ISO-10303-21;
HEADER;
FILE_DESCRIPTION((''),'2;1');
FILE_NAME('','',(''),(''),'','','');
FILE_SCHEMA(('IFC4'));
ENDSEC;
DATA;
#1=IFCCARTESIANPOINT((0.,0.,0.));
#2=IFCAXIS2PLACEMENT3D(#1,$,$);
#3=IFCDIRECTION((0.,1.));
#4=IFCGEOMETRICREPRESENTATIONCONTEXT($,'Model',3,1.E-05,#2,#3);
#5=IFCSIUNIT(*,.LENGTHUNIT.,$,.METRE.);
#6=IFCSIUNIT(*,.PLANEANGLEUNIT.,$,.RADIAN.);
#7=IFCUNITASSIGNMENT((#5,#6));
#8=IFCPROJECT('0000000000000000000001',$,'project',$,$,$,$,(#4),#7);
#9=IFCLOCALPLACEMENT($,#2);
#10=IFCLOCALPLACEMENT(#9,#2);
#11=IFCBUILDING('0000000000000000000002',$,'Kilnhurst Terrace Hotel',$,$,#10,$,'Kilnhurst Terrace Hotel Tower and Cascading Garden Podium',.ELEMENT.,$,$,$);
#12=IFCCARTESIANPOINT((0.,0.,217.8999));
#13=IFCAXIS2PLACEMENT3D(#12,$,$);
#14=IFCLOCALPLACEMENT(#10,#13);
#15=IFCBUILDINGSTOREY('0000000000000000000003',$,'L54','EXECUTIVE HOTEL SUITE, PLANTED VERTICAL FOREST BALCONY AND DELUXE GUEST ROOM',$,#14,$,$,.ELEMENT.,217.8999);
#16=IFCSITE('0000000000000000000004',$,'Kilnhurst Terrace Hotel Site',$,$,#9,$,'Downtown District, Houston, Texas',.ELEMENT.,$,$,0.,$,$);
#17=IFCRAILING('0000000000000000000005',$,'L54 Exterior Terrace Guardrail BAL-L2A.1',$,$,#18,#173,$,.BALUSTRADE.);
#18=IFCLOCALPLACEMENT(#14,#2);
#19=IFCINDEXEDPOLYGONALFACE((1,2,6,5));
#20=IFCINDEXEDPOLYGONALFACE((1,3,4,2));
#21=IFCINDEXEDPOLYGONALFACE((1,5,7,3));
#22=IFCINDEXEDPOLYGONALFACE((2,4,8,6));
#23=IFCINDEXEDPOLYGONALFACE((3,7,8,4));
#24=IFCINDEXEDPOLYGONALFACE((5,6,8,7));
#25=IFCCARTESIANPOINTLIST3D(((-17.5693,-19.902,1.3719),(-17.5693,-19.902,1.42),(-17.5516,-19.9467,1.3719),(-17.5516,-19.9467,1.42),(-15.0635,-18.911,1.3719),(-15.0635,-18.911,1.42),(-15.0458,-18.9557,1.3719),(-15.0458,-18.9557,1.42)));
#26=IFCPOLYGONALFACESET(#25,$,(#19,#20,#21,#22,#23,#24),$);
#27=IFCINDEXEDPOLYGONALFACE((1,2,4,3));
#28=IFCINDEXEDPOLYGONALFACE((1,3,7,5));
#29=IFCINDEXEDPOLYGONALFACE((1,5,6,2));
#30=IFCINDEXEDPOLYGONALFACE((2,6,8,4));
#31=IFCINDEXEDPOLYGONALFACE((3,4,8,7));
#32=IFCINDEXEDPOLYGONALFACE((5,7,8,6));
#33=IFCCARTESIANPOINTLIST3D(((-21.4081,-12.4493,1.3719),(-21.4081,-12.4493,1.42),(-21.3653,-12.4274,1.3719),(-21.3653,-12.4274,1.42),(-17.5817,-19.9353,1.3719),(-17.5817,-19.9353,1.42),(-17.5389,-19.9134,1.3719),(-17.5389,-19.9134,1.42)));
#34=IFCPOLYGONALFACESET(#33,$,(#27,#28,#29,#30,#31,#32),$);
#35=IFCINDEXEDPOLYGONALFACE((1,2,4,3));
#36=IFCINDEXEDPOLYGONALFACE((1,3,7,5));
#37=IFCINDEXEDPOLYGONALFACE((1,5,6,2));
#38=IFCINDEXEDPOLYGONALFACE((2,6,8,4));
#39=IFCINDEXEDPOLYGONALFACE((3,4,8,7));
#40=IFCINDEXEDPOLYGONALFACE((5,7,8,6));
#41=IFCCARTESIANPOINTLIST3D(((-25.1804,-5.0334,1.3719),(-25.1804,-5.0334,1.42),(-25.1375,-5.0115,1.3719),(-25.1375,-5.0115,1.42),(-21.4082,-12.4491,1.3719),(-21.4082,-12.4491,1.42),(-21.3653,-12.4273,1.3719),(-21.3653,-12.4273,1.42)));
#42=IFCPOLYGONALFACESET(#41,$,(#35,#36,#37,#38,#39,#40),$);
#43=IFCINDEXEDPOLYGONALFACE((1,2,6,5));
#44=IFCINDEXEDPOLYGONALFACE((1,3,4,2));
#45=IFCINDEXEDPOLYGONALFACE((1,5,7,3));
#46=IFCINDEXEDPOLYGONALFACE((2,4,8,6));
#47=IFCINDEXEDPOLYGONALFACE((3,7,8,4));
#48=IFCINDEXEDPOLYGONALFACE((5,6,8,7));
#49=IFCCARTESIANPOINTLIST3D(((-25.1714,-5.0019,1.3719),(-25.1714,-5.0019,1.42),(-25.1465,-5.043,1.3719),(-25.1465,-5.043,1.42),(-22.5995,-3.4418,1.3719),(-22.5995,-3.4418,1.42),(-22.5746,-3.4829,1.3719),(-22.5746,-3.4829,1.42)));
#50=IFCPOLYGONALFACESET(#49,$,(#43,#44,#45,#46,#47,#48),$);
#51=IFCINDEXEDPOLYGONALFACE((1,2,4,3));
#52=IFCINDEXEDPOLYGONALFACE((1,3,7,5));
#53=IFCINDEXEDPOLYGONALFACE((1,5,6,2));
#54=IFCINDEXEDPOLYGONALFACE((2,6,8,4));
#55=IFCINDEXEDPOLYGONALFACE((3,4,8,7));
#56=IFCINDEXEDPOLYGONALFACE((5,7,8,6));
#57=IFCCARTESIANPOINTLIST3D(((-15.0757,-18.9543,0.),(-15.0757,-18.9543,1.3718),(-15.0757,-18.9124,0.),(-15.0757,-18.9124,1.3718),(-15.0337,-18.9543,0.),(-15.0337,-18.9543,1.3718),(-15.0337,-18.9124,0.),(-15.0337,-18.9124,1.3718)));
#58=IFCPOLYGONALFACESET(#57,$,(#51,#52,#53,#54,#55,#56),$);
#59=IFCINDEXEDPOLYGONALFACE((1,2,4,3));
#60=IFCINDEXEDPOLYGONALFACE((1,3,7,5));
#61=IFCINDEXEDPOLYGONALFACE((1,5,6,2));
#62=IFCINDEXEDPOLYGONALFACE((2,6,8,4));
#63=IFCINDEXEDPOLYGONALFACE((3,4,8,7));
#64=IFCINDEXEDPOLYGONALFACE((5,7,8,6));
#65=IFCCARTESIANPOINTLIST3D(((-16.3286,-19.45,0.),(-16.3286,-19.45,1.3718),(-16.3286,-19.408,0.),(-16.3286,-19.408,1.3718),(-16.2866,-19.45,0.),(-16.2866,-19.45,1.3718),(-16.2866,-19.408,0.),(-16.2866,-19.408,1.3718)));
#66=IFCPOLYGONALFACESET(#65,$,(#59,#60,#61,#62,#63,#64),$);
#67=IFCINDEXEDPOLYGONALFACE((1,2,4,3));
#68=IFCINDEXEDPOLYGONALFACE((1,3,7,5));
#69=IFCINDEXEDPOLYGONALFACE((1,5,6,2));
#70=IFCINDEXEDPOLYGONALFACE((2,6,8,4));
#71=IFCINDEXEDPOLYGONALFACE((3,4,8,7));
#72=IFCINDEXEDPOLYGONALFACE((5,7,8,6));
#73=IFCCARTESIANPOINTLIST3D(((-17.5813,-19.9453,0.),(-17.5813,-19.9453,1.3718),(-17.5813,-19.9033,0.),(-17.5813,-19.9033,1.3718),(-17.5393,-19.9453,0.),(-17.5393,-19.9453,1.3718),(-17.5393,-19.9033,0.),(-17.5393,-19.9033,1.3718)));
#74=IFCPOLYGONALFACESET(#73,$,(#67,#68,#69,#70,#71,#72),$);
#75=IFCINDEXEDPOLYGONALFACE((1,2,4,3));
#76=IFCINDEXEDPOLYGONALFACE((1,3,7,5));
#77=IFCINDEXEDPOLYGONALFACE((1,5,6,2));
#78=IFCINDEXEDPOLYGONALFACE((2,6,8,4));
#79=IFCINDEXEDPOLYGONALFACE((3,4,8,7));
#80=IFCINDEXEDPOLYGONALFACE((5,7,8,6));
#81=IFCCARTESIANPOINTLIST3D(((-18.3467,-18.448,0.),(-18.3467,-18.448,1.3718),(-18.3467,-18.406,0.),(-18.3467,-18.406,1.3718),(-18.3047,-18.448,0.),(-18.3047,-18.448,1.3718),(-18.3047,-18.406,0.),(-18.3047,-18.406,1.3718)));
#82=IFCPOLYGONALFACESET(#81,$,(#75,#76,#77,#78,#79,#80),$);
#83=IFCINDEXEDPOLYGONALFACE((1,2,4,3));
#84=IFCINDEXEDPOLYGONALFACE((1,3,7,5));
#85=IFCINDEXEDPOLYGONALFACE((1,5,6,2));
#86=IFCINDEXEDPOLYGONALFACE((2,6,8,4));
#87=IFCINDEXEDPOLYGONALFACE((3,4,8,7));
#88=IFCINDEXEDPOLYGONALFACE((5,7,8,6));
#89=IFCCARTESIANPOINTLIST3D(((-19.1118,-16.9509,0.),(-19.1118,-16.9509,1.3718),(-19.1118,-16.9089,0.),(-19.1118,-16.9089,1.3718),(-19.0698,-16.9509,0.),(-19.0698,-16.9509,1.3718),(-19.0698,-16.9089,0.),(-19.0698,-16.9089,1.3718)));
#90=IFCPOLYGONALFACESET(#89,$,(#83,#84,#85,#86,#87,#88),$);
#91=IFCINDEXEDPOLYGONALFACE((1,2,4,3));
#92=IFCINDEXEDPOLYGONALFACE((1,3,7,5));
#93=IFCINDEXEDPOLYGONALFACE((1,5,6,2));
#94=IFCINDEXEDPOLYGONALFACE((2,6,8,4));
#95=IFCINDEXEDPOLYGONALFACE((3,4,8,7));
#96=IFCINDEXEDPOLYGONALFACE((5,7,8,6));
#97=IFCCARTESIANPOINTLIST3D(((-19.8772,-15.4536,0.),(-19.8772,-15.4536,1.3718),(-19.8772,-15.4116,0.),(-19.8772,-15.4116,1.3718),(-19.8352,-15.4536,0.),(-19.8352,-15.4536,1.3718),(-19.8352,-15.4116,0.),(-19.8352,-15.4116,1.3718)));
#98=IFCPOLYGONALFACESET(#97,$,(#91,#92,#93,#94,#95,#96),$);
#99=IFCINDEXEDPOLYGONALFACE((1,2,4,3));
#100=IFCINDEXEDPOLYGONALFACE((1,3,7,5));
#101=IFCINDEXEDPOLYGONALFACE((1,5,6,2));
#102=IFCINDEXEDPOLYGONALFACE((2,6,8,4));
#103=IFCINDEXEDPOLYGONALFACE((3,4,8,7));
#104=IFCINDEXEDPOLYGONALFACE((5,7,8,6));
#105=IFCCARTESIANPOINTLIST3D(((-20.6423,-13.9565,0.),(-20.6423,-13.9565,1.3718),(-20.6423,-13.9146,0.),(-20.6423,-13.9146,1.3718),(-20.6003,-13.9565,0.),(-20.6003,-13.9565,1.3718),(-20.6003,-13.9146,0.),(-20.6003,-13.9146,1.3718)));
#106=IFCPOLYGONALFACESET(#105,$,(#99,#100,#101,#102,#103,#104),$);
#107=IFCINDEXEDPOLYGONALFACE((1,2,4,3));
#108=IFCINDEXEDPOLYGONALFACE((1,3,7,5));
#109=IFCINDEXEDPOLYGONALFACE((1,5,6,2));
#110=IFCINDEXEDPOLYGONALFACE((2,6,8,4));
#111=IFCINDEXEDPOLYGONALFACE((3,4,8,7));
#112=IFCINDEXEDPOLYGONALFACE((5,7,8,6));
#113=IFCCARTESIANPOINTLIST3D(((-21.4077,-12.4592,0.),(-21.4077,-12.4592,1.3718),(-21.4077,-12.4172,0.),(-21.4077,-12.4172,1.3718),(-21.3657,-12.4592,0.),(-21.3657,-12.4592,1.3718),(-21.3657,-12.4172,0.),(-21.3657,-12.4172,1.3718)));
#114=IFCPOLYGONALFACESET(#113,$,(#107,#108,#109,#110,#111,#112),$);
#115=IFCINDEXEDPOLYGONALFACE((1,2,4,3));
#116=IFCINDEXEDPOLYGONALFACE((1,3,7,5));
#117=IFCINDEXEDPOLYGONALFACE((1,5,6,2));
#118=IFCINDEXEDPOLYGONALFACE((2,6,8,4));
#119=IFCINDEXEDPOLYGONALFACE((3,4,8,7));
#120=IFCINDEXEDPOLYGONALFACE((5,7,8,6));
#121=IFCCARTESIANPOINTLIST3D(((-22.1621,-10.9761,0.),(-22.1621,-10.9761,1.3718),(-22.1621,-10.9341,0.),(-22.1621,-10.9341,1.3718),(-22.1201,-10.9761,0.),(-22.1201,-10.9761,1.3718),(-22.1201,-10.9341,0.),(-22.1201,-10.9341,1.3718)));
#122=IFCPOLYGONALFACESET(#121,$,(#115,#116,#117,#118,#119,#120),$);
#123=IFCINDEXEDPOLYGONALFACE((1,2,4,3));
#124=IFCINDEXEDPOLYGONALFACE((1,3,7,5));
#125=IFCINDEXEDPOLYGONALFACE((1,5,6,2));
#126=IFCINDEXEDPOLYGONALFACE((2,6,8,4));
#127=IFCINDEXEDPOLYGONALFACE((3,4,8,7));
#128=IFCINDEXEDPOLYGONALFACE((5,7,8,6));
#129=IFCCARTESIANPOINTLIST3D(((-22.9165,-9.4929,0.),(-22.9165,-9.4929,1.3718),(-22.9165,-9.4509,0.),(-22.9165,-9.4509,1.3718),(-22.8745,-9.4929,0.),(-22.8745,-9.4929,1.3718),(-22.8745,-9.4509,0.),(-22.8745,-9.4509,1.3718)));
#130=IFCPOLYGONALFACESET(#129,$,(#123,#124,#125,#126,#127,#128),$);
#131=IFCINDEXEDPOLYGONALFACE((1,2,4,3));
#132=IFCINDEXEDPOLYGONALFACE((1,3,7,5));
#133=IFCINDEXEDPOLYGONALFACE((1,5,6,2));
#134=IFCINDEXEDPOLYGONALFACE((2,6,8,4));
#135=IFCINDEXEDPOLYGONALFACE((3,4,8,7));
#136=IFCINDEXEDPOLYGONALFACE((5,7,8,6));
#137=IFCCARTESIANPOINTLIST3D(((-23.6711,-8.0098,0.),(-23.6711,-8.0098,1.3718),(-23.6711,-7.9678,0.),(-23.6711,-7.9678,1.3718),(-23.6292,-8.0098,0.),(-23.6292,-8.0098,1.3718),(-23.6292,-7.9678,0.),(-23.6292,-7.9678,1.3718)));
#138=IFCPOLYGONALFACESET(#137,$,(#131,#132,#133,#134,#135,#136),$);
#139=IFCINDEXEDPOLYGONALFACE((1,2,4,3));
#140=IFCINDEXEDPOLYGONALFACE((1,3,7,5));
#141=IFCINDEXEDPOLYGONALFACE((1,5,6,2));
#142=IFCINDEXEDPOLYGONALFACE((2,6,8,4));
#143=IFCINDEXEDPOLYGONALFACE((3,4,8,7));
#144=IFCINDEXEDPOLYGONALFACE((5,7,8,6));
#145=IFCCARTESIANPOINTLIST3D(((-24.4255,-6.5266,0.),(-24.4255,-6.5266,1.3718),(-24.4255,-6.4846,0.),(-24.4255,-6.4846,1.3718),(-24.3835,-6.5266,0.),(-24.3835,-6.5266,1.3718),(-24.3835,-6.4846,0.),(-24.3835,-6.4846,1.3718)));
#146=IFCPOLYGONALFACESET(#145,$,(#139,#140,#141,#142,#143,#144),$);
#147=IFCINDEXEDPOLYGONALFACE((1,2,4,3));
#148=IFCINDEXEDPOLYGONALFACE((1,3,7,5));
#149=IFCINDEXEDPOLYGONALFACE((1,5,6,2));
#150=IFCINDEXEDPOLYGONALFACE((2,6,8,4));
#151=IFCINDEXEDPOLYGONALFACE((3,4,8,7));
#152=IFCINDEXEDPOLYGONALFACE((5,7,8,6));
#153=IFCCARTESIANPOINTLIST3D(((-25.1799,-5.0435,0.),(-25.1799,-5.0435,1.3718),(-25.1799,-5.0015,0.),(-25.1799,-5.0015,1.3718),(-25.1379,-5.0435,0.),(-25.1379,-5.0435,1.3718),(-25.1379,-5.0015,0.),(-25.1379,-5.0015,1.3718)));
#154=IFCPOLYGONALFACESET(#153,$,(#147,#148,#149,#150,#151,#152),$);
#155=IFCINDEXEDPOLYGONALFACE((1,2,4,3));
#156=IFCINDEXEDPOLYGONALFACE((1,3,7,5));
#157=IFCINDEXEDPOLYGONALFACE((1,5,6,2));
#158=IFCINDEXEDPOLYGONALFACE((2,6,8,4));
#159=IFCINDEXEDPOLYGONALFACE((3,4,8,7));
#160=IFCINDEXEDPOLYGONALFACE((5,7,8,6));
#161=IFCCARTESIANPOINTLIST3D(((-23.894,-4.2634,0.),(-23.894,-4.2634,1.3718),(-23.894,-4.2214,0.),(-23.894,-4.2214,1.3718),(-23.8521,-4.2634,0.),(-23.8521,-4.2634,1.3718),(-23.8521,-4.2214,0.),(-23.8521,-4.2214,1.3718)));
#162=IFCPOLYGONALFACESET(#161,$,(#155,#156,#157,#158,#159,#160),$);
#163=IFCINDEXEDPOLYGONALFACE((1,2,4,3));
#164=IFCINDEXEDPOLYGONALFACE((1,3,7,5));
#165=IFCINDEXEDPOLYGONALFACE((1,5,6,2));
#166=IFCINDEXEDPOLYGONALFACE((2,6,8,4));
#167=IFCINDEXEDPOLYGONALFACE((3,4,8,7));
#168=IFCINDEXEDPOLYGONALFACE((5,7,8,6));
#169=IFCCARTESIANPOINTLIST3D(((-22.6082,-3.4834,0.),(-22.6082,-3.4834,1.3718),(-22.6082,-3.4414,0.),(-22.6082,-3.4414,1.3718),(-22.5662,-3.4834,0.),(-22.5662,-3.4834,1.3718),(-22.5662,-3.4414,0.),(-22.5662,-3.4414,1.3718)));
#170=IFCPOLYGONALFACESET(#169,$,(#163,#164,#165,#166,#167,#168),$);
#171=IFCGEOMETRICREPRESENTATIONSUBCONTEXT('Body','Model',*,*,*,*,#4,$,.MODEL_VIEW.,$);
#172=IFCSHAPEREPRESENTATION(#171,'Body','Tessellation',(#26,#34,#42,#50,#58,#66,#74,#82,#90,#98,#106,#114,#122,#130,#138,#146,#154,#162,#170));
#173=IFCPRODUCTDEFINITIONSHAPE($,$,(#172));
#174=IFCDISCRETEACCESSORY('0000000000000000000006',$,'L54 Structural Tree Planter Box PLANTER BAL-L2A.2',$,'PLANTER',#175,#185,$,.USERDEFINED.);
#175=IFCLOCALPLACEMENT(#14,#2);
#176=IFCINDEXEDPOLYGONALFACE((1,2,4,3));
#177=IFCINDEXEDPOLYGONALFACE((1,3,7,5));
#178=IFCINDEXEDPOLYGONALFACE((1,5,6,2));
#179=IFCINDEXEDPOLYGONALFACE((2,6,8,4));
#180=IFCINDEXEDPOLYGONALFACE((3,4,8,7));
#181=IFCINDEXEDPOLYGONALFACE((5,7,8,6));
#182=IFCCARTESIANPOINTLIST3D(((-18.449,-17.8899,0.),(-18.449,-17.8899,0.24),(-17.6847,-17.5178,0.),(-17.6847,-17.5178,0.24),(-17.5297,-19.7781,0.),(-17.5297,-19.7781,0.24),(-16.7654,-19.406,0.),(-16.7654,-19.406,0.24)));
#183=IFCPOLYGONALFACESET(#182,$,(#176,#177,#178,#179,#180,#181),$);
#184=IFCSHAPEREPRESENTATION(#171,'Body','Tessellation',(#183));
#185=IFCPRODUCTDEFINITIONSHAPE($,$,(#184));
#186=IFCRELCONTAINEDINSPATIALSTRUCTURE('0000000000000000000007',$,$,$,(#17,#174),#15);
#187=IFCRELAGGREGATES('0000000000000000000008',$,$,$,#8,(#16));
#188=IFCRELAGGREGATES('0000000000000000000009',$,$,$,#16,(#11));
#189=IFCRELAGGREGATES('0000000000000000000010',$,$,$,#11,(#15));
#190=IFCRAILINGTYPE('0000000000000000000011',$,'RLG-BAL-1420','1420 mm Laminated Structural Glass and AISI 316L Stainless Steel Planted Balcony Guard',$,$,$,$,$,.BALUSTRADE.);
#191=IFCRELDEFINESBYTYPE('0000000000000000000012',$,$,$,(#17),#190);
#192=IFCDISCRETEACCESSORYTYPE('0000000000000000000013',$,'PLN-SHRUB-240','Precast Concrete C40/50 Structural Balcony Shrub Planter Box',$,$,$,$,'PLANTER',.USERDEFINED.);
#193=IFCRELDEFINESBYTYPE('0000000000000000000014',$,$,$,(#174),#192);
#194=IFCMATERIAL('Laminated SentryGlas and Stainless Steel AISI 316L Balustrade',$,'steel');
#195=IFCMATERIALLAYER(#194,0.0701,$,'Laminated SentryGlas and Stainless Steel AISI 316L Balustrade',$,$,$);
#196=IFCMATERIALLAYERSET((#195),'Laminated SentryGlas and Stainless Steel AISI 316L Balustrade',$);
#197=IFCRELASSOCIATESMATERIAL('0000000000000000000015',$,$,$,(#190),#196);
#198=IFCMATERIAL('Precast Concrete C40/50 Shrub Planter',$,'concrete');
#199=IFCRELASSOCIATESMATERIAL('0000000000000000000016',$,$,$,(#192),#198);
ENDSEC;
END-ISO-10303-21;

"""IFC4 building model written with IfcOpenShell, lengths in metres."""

from ifc_helpers import new_model, si_unit, direction, frame, origin, origin_2d, place, context, subcontext, project, spatial, rectangle, extrude, material, layer, layer_set, type_object, element, save


model = new_model("IFC4")

# Units and contexts
model_context = context("Model", 3, precision=1e-05, world=origin(), true_north=direction((0.0, 1.0)))
body_context = subcontext(model_context, "Body", "Model", "MODEL_VIEW")
ifc_project = project(units=[si_unit("LENGTHUNIT", "METRE"), si_unit("PLANEANGLEUNIT", "RADIAN")], contexts=[model_context])

# Site, building, storey
site_placement = place(None, origin())
site = spatial("IfcSite", under=ifc_project, at=site_placement, Name="Kilnhurst Terrace Hotel Site", LongName="Downtown District, Houston, Texas", CompositionType="ELEMENT", RefElevation=0.0)
building_placement = place(site_placement, origin())
building = spatial("IfcBuilding", under=site, at=building_placement, Name="Kilnhurst Terrace Hotel", LongName="Kilnhurst Terrace Hotel Tower and Cascading Garden Podium", CompositionType="ELEMENT")
storey_placement = place(building_placement, frame((0.0, 0.0, 217.8999)))
storey = spatial("IfcBuildingStorey", under=building, at=storey_placement, Name="L54", Description="EXECUTIVE HOTEL SUITE, PLANTED VERTICAL FOREST BALCONY AND DELUXE GUEST ROOM", CompositionType="ELEMENT", Elevation=217.8999)

# Railing
ifc_material_1 = material(Name="Laminated SentryGlas and Stainless Steel AISI 316L Balustrade", Category="steel")
ifc_layer_1 = layer(ifc_material_1, 0.0701, Name="Laminated SentryGlas and Stainless Steel AISI 316L Balustrade")
ifc_layer_set_1 = layer_set([ifc_layer_1], Name="Laminated SentryGlas and Stainless Steel AISI 316L Balustrade")
railing_type = type_object("IfcRailingType", Name="RLG-BAL-1420", Description="1420 mm Laminated Structural Glass and AISI 316L Stainless Steel Planted Balcony Guard", PredefinedType="BALUSTRADE", material=ifc_layer_set_1)
railing_placement = place(storey_placement, frame((-15.0547, -18.9333, 0.0)))
element("IfcRailing", 1, at=railing_placement, inside=storey, type_object=railing_type, Name="L54 Exterior Terrace Guardrail BAL-L2A.1", PredefinedType="BALUSTRADE", context=body_context, shape_type="SweptSolid", body=[
    extrude(rectangle(XDim=0.0481, YDim=0.0481, at=origin_2d()), frame((0.0, 0.0, 1.396), z_axis=(-0.929913, -0.367779, 0.0), x_axis=(0.367779, -0.929913, 0.0)), (0.0, 0.0, 1.0), 2.6946),
    extrude(rectangle(XDim=0.0481, YDim=0.0481, at=origin_2d()), frame((-2.5056, -0.991, 1.396), z_axis=(-0.455129, 0.890425, 0.0), x_axis=(-0.890425, -0.455129, 0.0)), (0.0, 0.0, 1.0), 8.4072),
    extrude(rectangle(XDim=0.0481, YDim=0.0481, at=origin_2d()), frame((-6.332, 6.4951, 1.396), z_axis=(-0.453389, 0.891313, 0.0), x_axis=(-0.891313, -0.453389, 0.0)), (0.0, 0.0, 1.0), 8.3201),
    extrude(rectangle(XDim=0.0481, YDim=0.0481, at=origin_2d()), frame((-10.1042, 13.9109, 1.396), z_axis=(0.854991, 0.518643, 0.0), x_axis=(-0.518643, 0.854991, 0.0)), (0.0, 0.0, 1.0), 3.0081),
    extrude(rectangle(XDim=0.042, YDim=0.042, at=origin_2d()), origin(), (0.0, 0.0, 1.0), 1.3718),
    extrude(rectangle(XDim=0.042, YDim=0.042, at=origin_2d()), frame((-1.2529, -0.4956, 0.0)), (0.0, 0.0, 1.0), 1.3718),
    extrude(rectangle(XDim=0.042, YDim=0.042, at=origin_2d()), frame((-2.5056, -0.991, 0.0)), (0.0, 0.0, 1.0), 1.3718),
    extrude(rectangle(XDim=0.042, YDim=0.042, at=origin_2d()), frame((-3.271, 0.5063, 0.0)), (0.0, 0.0, 1.0), 1.3718),
    extrude(rectangle(XDim=0.042, YDim=0.042, at=origin_2d()), frame((-4.0361, 2.0034, 0.0)), (0.0, 0.0, 1.0), 1.3718),
    extrude(rectangle(XDim=0.042, YDim=0.042, at=origin_2d()), frame((-4.8015, 3.5007, 0.0)), (0.0, 0.0, 1.0), 1.3718),
    extrude(rectangle(XDim=0.042, YDim=0.042, at=origin_2d()), frame((-5.5667, 4.9978, 0.0)), (0.0, 0.0, 1.0), 1.3718),
    extrude(rectangle(XDim=0.042, YDim=0.042, at=origin_2d()), frame((-6.332, 6.4951, 0.0)), (0.0, 0.0, 1.0), 1.3718),
    extrude(rectangle(XDim=0.042, YDim=0.042, at=origin_2d()), frame((-7.0864, 7.9783, 0.0)), (0.0, 0.0, 1.0), 1.3718),
    extrude(rectangle(XDim=0.042, YDim=0.042, at=origin_2d()), frame((-7.8408, 9.4614, 0.0)), (0.0, 0.0, 1.0), 1.3718),
    extrude(rectangle(XDim=0.042, YDim=0.042, at=origin_2d()), frame((-8.5955, 10.9446, 0.0)), (0.0, 0.0, 1.0), 1.3718),
    extrude(rectangle(XDim=0.042, YDim=0.042, at=origin_2d()), frame((-9.3499, 12.4277, 0.0)), (0.0, 0.0, 1.0), 1.3718),
    extrude(rectangle(XDim=0.042, YDim=0.042, at=origin_2d()), frame((-10.1042, 13.9109, 0.0)), (0.0, 0.0, 1.0), 1.3718),
    extrude(rectangle(XDim=0.042, YDim=0.042, at=origin_2d()), frame((-8.8184, 14.6909, 0.0)), (0.0, 0.0, 1.0), 1.3718),
    extrude(rectangle(XDim=0.042, YDim=0.042, at=origin_2d()), frame((-7.5325, 15.4709, 0.0)), (0.0, 0.0, 1.0), 1.3718),
])

# Discrete accessory
ifc_material_2 = material(Name="Precast Concrete C40/50 Shrub Planter", Category="concrete")
discrete_accessory_type = type_object("IfcDiscreteAccessoryType", Name="PLN-SHRUB-240", Description="Precast Concrete C40/50 Structural Balcony Shrub Planter Box", ElementType="PLANTER", PredefinedType="USERDEFINED", material=ifc_material_2)
discrete_accessory_placement = place(storey_placement, frame((-17.6072, -18.6479, 0.0), z_axis=(0.0, 0.0, 1.0), x_axis=(0.437744, -0.8991, 0.0)))
element("IfcDiscreteAccessory", 2, at=discrete_accessory_placement, inside=storey, type_object=discrete_accessory_type, Name="L54 Structural Tree Planter Box PLANTER BAL-L2A.2", ObjectType="PLANTER", PredefinedType="USERDEFINED", context=body_context, shape_type="SweptSolid", body=[
    extrude(rectangle(XDim=2.1001, YDim=0.8501, at=origin_2d()), origin(), (0.0, 0.0, 1.0), 0.24),
])

save(model, "model.ifc")
